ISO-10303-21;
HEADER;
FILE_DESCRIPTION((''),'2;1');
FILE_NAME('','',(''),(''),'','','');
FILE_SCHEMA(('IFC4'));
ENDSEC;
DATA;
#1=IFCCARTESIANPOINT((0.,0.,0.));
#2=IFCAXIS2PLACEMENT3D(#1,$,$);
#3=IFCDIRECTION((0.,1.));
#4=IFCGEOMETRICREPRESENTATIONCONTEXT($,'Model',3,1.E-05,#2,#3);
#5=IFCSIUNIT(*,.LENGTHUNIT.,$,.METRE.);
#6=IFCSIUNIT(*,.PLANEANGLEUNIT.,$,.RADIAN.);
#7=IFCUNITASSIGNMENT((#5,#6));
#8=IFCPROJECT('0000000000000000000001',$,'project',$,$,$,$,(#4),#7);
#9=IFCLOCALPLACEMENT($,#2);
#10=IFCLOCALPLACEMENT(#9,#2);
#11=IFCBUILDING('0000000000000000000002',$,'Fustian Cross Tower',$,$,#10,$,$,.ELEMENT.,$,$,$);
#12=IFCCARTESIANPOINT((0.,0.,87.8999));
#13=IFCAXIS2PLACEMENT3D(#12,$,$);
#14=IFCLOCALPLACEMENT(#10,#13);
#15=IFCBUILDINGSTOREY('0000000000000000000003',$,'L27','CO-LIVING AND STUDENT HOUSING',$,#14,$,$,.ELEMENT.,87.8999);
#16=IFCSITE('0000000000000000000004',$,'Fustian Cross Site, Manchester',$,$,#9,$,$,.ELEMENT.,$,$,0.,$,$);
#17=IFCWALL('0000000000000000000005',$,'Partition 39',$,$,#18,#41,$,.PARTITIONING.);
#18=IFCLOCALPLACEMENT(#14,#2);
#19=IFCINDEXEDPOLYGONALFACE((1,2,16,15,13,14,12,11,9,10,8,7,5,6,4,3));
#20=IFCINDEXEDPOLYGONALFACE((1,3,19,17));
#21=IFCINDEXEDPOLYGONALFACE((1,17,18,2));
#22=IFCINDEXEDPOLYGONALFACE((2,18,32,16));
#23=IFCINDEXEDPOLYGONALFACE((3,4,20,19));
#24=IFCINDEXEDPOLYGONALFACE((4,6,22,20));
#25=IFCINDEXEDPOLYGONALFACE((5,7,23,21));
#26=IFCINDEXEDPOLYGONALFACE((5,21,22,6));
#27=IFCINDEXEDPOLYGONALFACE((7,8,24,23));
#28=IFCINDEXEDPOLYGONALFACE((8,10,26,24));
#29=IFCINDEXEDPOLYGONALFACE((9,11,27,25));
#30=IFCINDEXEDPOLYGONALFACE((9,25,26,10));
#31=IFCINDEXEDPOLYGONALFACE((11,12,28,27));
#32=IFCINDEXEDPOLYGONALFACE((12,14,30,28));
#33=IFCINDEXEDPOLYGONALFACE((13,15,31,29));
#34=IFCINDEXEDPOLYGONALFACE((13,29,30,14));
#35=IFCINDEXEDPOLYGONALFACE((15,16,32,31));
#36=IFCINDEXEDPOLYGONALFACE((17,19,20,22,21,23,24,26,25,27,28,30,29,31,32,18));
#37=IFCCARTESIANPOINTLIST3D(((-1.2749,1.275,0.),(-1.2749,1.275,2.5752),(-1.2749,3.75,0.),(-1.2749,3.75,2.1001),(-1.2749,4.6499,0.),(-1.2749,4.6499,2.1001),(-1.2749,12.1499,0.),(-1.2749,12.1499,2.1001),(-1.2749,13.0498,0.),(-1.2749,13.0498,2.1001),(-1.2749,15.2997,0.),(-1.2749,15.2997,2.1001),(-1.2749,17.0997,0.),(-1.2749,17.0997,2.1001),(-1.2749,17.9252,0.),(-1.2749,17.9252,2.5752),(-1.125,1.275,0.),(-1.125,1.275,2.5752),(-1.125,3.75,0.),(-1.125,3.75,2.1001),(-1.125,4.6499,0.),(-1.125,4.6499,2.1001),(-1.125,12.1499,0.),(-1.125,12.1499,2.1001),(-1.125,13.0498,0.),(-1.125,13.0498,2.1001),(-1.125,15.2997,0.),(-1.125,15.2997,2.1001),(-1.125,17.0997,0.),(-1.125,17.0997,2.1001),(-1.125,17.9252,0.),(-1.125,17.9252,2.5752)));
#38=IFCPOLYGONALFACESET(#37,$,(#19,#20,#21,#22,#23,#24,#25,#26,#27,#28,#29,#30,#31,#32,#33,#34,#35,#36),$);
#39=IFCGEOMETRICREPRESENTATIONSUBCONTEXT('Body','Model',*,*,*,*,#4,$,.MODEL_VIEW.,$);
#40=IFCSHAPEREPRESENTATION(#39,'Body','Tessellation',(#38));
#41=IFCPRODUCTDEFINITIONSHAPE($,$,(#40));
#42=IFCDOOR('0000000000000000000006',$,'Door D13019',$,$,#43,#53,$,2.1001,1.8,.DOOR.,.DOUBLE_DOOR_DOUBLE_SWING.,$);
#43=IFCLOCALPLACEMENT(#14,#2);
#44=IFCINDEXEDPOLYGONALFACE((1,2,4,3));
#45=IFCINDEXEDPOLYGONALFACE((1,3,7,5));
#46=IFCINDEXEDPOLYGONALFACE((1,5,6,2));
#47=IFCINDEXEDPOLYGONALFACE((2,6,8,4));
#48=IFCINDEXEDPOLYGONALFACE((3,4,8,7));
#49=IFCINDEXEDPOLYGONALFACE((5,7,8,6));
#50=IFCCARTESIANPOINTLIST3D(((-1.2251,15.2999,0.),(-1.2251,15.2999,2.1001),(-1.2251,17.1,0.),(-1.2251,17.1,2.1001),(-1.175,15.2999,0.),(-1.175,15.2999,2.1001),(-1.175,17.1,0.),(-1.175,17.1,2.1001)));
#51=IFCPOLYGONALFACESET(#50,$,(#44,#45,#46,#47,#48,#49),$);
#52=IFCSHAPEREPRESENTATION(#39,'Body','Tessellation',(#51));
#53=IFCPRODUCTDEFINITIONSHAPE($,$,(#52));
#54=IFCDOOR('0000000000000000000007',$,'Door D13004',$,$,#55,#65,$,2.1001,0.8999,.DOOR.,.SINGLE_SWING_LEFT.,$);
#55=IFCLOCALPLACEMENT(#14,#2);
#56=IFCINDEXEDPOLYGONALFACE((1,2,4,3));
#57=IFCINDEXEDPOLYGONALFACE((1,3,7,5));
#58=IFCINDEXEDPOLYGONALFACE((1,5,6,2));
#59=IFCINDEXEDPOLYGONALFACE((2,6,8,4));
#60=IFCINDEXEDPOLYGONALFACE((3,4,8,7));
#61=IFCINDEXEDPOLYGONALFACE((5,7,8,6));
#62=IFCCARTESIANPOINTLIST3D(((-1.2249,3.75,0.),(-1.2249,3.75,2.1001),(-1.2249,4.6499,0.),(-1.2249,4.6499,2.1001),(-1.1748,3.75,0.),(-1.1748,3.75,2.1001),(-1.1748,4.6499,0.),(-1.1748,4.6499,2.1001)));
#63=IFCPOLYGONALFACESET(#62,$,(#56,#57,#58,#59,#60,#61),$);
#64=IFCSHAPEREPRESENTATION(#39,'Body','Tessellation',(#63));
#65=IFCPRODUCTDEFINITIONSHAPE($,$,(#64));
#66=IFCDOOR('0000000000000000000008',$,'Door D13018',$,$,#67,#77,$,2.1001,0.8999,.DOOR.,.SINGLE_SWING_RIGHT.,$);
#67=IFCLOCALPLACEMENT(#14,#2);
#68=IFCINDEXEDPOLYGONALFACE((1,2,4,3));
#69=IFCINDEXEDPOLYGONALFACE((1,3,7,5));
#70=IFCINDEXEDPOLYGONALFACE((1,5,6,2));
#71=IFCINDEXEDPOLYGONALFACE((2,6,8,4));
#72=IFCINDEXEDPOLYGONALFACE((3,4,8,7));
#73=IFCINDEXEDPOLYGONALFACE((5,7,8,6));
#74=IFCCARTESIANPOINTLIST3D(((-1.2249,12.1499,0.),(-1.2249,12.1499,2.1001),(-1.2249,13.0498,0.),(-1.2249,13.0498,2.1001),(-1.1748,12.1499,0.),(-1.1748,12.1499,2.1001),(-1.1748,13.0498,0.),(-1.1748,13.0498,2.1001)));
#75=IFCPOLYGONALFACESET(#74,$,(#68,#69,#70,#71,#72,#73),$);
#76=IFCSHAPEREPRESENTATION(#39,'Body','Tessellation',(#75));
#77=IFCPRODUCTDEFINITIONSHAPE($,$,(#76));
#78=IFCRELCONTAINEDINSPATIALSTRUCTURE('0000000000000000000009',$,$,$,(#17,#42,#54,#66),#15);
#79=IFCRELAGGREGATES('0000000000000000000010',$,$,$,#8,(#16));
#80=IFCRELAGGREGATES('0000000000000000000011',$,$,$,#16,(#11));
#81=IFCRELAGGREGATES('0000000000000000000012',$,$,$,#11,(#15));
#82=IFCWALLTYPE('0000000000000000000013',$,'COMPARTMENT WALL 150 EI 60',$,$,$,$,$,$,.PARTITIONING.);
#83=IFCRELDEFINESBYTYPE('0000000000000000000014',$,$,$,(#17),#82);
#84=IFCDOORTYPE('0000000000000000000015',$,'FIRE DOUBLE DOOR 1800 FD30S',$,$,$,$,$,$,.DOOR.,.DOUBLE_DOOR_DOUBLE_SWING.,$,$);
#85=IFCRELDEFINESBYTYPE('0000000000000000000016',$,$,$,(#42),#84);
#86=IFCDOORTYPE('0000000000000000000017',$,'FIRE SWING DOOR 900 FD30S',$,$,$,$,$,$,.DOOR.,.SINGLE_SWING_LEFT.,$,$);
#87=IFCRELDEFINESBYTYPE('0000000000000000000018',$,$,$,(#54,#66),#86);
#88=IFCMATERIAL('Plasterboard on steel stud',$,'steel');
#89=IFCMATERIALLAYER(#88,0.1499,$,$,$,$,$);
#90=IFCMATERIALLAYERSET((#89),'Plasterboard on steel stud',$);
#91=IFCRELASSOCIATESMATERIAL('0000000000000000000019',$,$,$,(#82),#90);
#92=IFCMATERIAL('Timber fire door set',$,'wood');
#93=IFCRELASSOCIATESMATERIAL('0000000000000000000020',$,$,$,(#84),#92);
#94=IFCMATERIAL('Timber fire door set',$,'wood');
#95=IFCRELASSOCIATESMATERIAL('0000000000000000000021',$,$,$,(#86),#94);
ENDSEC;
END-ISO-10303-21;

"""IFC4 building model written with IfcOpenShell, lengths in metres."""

from ifc_helpers import new_model, si_unit, direction, frame, frame_2d, origin, place, context, subcontext, project, spatial, rectangle, extrude, material, layer, layer_set, type_object, element, fill, save


model = new_model("IFC4")

# Units and contexts
model_context = context("Model", 3, precision=1e-05, world=origin(), true_north=direction((0.0, 1.0)))
body_context = subcontext(model_context, "Body", "Model", "MODEL_VIEW")
ifc_project = project(units=[si_unit("LENGTHUNIT", "METRE"), si_unit("PLANEANGLEUNIT", "RADIAN")], contexts=[model_context])

# Site, building, storey
site_placement = place(None, origin())
site = spatial("IfcSite", under=ifc_project, at=site_placement, Name="Fustian Cross Site, Manchester", CompositionType="ELEMENT", RefElevation=0.0)
building_placement = place(site_placement, origin())
building = spatial("IfcBuilding", under=site, at=building_placement, Name="Fustian Cross Tower", CompositionType="ELEMENT")
storey_placement = place(building_placement, frame((0.0, 0.0, 87.8999)))
storey = spatial("IfcBuildingStorey", under=building, at=storey_placement, Name="L27", Description="CO-LIVING AND STUDENT HOUSING", CompositionType="ELEMENT", Elevation=87.8999)

# Wall, openings, doors
ifc_material_1 = material(Name="Plasterboard on steel stud", Category="steel")
ifc_layer_1 = layer(ifc_material_1, 0.1499)
ifc_layer_set_1 = layer_set([ifc_layer_1], Name="Plasterboard on steel stud")
wall_type = type_object("IfcWallType", Name="COMPARTMENT WALL 150 EI 60", PredefinedType="PARTITIONING", material=ifc_layer_set_1)
wall_placement = place(storey_placement, frame((-1.2, 1.2749, 0.0), z_axis=(0.0, 0.0, 1.0), x_axis=(0.0, 1.0, 0.0)))
wall = element("IfcWall", 1, at=wall_placement, inside=storey, type_object=wall_type, Name="Partition 39", PredefinedType="PARTITIONING", context=body_context, shape_type="SweptSolid", body=[
    extrude(rectangle(XDim=16.6501, YDim=0.1499, at=frame_2d((8.3252, 0.0))), origin(), (0.0, 0.0, 1.0), 2.5752),
])
opening_1_placement = place(wall_placement, frame((2.4751, 0.0, 0.0)))
opening_1 = element("IfcOpeningElement", 2, at=opening_1_placement, cuts=wall, PredefinedType="OPENING", context=body_context, shape_type="SweptSolid", body=[
    extrude(rectangle(XDim=0.8999, YDim=2.1001, at=frame_2d((0.45, 1.05))), frame((0.0, 0.085, 0.0), z_axis=(0.0, -1.0, 0.0), x_axis=(1.0, 0.0, 0.0)), (0.0, 0.0, 1.0), 0.1699),
])
opening_2_placement = place(wall_placement, frame((10.875, 0.0, 0.0)))
opening_2 = element("IfcOpeningElement", 3, at=opening_2_placement, cuts=wall, PredefinedType="OPENING", context=body_context, shape_type="SweptSolid", body=[
    extrude(rectangle(XDim=0.8999, YDim=2.1001, at=frame_2d((0.45, 1.05))), frame((0.0, 0.085, 0.0), z_axis=(0.0, -1.0, 0.0), x_axis=(1.0, 0.0, 0.0)), (0.0, 0.0, 1.0), 0.1699),
])
opening_3_placement = place(wall_placement, frame((14.0249, 0.0, 0.0)))
opening_3 = element("IfcOpeningElement", 4, at=opening_3_placement, cuts=wall, PredefinedType="OPENING", context=body_context, shape_type="SweptSolid", body=[
    extrude(rectangle(XDim=1.8, YDim=2.1001, at=frame_2d((0.8999, 1.05))), frame((0.0, 0.085, 0.0), z_axis=(0.0, -1.0, 0.0), x_axis=(1.0, 0.0, 0.0)), (0.0, 0.0, 1.0), 0.1699),
])
ifc_material_2 = material(Name="Timber fire door set", Category="wood")
door_type_1 = type_object("IfcDoorType", Name="FIRE DOUBLE DOOR 1800 FD30S", OperationType="DOUBLE_DOOR_DOUBLE_SWING", PredefinedType="DOOR", material=ifc_material_2)
door_1_placement = place(opening_3_placement, frame((1.8, 0.0, 0.0), z_axis=(0.0, 0.0, 1.0), x_axis=(-1.0, 0.0, 0.0)))
door_1 = element("IfcDoor", 5, at=door_1_placement, inside=storey, type_object=door_type_1, Name="Door D13019", OperationType="DOUBLE_DOOR_DOUBLE_SWING", OverallHeight=2.1001, OverallWidth=1.8, PredefinedType="DOOR", context=body_context, shape_type="SweptSolid", body=[
    extrude(rectangle(XDim=1.8, YDim=2.1001, at=frame_2d((0.8999, 1.05))), frame((0.0, 0.0249, 0.0), z_axis=(0.0, -1.0, 0.0), x_axis=(1.0, 0.0, 0.0)), (0.0, 0.0, 1.0), 0.05),
])
fill(opening_3, door_1)
ifc_material_3 = material(Name="Timber fire door set", Category="wood")
door_type_2 = type_object("IfcDoorType", Name="FIRE SWING DOOR 900 FD30S", OperationType="SINGLE_SWING_LEFT", PredefinedType="DOOR", material=ifc_material_3)
door_2_placement = place(opening_1_placement, origin())
door_2 = element("IfcDoor", 6, at=door_2_placement, inside=storey, type_object=door_type_2, Name="Door D13004", OperationType="SINGLE_SWING_LEFT", OverallHeight=2.1001, OverallWidth=0.8999, PredefinedType="DOOR", context=body_context, shape_type="SweptSolid", body=[
    extrude(rectangle(XDim=0.8999, YDim=2.1001, at=frame_2d((0.45, 1.05))), frame((0.0, 0.0249, 0.0), z_axis=(0.0, -1.0, 0.0), x_axis=(1.0, 0.0, 0.0)), (0.0, 0.0, 1.0), 0.05),
])
fill(opening_1, door_2)
door_3_placement = place(opening_2_placement, origin())
door_3 = element("IfcDoor", 7, at=door_3_placement, inside=storey, type_object=door_type_2, Name="Door D13018", OperationType="SINGLE_SWING_RIGHT", OverallHeight=2.1001, OverallWidth=0.8999, PredefinedType="DOOR", context=body_context, shape_type="SweptSolid", body=[
    extrude(rectangle(XDim=0.8999, YDim=2.1001, at=frame_2d((0.45, 1.05))), frame((0.0, 0.0249, 0.0), z_axis=(0.0, -1.0, 0.0), x_axis=(1.0, 0.0, 0.0)), (0.0, 0.0, 1.0), 0.05),
])
fill(opening_2, door_3)

save(model, "model.ifc")
